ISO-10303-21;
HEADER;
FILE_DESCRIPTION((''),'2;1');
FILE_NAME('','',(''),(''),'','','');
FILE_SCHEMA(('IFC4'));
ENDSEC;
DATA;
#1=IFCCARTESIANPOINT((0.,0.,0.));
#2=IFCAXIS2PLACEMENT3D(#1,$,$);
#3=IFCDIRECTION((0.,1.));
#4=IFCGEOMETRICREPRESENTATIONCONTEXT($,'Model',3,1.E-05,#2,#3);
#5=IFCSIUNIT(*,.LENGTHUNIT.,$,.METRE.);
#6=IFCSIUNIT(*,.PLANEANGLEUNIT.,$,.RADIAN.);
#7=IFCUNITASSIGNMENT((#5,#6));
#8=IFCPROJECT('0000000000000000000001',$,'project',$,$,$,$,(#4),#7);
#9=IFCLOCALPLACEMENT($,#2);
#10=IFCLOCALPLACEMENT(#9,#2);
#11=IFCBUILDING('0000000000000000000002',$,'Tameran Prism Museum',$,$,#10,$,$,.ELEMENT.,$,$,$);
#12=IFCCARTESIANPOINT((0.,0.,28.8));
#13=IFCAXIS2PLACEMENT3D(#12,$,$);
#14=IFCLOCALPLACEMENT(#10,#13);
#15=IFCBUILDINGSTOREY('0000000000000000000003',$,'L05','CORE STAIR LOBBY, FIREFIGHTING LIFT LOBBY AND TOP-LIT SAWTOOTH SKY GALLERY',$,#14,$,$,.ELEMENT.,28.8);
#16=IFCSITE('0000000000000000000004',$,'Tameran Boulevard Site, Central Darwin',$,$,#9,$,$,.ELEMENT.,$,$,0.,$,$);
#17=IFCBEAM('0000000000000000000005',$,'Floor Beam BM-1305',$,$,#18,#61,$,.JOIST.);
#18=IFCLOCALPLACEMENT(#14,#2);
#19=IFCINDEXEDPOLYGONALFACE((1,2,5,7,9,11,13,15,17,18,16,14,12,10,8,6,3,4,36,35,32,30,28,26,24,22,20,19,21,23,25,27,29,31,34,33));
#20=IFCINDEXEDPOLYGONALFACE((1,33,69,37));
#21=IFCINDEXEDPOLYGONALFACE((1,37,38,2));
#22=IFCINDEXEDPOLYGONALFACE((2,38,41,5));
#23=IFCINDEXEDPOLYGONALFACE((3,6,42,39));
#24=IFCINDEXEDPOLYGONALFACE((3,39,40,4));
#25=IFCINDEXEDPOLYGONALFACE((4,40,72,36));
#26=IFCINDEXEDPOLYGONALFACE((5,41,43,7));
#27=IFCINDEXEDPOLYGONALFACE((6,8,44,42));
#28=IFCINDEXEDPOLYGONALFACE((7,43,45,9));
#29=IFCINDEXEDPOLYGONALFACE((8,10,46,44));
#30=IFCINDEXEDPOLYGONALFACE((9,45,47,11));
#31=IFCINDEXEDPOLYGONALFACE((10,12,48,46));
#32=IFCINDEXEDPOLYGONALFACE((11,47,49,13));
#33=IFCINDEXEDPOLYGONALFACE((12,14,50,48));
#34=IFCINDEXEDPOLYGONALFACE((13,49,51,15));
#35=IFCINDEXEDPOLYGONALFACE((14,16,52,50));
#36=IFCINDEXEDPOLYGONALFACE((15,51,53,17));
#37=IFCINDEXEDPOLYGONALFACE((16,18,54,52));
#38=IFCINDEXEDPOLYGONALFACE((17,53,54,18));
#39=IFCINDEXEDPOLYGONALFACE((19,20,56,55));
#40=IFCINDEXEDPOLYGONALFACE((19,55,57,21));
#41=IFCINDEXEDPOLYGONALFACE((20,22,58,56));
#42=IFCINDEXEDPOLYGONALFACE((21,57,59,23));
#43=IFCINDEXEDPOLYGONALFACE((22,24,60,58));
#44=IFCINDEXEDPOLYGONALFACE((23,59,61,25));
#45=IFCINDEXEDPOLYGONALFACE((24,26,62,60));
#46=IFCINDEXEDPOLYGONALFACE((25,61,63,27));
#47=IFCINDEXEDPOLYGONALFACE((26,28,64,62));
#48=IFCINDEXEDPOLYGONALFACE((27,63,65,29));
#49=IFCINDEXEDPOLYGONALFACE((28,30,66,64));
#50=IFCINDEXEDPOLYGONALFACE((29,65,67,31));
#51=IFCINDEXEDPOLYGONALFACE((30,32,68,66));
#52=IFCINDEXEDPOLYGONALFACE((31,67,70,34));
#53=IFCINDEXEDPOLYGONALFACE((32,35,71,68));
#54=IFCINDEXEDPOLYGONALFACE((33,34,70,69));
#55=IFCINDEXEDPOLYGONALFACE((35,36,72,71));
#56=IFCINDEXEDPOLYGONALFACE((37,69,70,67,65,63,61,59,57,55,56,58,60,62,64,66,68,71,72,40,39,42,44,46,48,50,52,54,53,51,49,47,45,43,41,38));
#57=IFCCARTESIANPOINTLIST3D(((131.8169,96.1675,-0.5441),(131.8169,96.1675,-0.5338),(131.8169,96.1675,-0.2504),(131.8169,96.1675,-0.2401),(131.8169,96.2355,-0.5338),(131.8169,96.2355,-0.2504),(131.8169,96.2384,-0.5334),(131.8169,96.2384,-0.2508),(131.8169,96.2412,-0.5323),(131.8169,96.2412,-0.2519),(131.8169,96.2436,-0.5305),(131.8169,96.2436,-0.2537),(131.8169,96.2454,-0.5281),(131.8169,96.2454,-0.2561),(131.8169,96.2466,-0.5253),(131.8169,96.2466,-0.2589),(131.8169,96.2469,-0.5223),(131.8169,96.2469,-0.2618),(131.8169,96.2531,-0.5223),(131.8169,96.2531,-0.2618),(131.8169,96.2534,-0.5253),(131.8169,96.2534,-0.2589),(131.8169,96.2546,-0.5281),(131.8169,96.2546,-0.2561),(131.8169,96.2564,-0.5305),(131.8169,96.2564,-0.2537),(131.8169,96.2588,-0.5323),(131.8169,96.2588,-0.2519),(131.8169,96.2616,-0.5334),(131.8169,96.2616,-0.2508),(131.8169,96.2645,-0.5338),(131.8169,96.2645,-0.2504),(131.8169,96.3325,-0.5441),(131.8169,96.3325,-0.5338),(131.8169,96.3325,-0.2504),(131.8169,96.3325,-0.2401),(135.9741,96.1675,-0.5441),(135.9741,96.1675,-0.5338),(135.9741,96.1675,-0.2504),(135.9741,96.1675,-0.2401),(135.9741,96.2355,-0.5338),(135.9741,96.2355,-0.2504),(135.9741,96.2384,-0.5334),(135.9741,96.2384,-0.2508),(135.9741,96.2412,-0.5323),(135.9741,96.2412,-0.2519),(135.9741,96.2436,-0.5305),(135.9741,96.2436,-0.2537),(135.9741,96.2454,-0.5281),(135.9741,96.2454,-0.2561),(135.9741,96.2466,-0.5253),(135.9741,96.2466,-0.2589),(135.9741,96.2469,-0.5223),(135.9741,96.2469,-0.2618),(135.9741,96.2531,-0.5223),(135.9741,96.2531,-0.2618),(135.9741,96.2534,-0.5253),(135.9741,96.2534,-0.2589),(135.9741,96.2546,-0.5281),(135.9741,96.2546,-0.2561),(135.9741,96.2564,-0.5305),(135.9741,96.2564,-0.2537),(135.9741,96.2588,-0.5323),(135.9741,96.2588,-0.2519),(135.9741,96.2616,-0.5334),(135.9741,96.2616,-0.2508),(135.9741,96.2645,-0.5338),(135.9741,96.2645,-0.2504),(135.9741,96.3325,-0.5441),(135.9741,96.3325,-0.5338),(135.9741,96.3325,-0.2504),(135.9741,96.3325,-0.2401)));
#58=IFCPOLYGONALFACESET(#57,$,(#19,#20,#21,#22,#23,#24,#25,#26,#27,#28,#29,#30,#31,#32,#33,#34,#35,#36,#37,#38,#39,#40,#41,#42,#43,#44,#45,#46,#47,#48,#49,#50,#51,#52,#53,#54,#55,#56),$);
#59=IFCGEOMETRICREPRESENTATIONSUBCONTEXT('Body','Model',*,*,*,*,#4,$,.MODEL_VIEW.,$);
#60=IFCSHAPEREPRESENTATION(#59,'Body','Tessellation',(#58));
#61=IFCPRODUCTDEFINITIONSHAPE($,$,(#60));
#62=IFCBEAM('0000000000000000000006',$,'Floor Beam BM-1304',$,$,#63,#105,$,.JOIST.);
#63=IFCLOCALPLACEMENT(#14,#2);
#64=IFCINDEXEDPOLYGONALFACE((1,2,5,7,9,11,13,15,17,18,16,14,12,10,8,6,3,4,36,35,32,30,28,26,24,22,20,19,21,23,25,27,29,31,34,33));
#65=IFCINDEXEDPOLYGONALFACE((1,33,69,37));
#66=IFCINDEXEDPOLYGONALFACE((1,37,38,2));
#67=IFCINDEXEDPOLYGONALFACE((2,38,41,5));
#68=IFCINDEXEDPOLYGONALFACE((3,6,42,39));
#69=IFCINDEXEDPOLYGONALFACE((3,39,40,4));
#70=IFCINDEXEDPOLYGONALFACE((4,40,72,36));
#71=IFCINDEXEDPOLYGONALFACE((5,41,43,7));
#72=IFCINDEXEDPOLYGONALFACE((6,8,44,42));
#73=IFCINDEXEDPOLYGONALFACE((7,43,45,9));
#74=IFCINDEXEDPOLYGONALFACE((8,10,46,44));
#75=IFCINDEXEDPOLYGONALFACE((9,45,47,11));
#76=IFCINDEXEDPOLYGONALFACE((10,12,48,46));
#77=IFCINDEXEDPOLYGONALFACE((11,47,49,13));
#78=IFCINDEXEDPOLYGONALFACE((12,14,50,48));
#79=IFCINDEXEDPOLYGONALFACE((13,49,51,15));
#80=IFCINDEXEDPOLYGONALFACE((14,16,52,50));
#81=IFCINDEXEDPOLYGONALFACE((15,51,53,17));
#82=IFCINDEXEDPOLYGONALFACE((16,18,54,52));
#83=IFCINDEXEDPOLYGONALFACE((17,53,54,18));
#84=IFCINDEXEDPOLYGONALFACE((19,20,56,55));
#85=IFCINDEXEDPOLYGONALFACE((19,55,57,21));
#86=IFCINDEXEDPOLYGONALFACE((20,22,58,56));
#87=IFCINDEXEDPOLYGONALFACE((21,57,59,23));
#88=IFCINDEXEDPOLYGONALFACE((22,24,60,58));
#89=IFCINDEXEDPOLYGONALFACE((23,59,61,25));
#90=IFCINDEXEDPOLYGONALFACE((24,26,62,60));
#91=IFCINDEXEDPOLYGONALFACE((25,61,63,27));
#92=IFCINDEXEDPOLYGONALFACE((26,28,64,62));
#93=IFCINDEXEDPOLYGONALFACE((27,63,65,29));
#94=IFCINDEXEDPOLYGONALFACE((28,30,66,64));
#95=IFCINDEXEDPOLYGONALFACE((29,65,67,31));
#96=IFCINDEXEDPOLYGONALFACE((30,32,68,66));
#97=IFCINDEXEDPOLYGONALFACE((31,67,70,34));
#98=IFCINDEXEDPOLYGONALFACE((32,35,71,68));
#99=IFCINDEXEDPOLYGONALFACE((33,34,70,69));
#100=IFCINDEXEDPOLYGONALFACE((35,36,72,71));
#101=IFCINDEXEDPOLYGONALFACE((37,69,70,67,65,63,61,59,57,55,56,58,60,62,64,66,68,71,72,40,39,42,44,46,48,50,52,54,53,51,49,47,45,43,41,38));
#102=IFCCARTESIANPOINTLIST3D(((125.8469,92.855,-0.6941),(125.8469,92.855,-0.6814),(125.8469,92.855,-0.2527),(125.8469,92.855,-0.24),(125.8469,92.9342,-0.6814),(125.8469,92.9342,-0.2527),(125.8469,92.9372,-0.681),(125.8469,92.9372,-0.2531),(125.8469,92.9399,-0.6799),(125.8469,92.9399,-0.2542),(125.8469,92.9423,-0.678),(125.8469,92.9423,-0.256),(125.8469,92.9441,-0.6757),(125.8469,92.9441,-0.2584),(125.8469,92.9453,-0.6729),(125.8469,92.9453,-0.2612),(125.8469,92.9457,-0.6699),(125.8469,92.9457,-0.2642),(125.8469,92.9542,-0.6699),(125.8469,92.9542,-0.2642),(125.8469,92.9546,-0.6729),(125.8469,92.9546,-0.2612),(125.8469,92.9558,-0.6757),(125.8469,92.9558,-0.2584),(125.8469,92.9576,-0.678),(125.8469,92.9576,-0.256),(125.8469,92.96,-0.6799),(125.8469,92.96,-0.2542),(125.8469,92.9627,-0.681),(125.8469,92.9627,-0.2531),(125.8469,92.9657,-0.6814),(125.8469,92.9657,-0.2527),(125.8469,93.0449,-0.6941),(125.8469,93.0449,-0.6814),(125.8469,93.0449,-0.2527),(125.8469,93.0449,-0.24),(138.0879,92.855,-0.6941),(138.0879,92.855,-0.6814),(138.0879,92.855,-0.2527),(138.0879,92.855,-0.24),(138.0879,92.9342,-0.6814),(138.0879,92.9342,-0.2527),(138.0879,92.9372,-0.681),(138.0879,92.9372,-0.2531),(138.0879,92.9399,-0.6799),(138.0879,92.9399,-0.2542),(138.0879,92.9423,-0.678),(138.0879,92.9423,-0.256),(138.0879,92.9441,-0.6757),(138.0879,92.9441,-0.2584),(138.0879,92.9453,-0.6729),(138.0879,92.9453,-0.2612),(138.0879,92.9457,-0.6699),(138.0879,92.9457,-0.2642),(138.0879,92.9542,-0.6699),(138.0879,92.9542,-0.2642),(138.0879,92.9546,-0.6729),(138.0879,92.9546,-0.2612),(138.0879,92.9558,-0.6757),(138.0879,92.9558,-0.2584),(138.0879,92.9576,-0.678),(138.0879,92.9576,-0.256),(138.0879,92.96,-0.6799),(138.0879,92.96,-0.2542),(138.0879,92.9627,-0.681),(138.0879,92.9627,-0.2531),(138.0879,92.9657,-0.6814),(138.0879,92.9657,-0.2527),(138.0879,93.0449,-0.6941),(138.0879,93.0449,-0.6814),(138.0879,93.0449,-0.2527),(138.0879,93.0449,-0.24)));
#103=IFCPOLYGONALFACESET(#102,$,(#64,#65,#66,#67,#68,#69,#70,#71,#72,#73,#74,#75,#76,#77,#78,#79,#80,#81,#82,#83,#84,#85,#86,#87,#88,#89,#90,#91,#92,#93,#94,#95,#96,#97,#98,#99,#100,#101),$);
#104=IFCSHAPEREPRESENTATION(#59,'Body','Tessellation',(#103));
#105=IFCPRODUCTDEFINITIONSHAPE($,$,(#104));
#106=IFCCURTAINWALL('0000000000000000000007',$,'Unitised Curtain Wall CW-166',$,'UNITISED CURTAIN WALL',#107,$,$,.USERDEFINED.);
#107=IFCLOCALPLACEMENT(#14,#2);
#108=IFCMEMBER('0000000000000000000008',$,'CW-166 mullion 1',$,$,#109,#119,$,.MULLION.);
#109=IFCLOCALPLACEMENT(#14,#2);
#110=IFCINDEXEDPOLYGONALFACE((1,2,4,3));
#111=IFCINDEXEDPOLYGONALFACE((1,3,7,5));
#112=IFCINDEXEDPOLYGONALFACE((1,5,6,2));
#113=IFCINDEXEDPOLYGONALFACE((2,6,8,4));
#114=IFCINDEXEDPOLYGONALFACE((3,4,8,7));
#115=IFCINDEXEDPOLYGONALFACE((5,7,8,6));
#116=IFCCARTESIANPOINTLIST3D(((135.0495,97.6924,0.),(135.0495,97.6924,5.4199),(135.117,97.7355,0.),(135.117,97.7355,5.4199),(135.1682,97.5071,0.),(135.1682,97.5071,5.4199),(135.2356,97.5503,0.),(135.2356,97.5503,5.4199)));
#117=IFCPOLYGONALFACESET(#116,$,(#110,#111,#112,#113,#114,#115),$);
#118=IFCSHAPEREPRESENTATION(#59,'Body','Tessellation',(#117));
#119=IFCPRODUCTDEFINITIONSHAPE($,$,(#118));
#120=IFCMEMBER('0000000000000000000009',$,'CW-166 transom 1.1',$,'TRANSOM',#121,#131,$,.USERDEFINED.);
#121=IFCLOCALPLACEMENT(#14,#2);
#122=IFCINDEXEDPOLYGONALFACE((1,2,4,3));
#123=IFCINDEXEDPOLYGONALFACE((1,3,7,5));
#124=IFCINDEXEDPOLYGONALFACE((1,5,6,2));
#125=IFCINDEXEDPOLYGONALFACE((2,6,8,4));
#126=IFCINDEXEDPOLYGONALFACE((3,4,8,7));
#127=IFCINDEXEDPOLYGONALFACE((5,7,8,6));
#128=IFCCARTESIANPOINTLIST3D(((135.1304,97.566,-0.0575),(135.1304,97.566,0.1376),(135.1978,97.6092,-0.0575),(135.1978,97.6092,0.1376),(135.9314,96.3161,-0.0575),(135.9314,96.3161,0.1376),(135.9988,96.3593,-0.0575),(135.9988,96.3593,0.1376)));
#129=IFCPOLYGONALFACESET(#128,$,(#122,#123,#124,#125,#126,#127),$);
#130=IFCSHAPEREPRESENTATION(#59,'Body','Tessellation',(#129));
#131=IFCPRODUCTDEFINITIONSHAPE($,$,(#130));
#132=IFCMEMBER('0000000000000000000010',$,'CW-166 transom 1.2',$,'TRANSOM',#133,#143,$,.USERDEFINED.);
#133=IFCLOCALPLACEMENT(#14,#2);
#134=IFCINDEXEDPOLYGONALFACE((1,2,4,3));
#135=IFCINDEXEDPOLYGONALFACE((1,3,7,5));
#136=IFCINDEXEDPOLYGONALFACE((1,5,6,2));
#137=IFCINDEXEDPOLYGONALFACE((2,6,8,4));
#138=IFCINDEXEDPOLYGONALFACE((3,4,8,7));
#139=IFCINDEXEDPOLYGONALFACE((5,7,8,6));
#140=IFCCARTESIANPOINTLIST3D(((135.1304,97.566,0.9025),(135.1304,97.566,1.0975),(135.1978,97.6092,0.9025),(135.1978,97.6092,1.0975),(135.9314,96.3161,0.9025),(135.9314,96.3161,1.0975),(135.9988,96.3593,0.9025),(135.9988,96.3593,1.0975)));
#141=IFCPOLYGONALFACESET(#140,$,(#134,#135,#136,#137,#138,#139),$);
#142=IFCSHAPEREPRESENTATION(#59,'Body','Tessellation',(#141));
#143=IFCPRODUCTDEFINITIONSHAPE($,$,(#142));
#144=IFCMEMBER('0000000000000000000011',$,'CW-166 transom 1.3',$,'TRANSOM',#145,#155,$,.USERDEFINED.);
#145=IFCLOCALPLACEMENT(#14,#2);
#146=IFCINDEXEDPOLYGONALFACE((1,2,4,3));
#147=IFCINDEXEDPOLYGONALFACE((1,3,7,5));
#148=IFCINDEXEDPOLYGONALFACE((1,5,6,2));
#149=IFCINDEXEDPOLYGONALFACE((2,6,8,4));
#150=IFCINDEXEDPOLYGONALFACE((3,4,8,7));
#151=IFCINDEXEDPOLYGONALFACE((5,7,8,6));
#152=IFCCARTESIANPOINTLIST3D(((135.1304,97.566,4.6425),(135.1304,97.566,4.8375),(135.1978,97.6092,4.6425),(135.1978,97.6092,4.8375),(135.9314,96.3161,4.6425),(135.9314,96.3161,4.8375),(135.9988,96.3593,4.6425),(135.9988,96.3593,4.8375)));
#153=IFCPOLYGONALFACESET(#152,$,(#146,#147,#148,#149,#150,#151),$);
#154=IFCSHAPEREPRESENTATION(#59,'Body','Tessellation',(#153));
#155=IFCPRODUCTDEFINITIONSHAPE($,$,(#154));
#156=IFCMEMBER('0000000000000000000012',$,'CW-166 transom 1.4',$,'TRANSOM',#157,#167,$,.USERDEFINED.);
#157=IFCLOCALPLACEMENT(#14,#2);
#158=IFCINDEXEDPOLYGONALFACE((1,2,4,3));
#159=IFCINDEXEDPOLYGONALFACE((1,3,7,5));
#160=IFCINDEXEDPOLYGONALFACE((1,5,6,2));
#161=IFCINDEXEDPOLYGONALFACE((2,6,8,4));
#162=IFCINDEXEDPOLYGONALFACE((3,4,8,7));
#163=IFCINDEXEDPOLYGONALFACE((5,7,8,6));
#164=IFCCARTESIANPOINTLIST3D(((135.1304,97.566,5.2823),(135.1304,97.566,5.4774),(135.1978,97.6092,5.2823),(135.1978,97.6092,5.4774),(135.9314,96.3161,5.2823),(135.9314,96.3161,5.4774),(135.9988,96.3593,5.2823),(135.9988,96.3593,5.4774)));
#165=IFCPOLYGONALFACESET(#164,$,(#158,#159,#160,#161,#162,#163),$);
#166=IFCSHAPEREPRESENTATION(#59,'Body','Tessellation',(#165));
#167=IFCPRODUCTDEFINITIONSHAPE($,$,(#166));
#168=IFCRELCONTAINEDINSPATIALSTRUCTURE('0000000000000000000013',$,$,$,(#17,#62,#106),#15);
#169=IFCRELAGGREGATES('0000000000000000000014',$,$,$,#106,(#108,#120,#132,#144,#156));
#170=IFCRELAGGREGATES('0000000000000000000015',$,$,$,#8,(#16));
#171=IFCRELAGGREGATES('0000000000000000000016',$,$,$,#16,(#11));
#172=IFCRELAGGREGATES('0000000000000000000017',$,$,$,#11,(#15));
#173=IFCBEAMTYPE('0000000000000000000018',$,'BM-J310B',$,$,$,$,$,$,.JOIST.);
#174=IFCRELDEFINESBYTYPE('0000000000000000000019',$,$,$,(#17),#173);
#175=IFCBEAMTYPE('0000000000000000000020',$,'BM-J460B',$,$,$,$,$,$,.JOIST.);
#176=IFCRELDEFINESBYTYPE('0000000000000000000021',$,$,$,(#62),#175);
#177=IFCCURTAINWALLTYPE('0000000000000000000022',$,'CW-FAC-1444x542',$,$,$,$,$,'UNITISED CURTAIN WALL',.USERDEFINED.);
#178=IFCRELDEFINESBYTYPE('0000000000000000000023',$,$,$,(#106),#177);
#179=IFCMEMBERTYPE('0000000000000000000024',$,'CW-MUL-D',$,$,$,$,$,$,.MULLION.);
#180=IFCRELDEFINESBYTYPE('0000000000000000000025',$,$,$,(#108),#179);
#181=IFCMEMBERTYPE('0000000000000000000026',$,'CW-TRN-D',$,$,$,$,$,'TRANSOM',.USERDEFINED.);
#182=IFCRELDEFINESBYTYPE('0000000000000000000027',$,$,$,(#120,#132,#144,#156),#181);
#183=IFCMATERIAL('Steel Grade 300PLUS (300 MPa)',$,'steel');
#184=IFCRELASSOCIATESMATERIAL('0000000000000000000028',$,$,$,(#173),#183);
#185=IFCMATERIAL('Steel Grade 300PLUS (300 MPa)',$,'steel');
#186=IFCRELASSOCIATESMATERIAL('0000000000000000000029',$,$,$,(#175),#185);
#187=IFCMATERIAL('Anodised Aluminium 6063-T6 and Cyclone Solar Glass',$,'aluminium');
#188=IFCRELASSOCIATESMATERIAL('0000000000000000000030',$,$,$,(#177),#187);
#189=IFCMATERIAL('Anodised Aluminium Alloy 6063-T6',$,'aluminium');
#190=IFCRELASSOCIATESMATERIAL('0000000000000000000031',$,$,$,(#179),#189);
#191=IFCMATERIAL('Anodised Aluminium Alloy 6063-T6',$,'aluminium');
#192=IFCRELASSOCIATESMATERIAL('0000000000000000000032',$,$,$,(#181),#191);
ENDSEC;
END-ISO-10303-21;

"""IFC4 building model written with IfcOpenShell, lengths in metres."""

from ifc_helpers import new_model, si_unit, direction, frame, origin, origin_2d, place, context, subcontext, project, spatial, rectangle, i_section, extrude, material, material_profile, profile_set, type_object, element, aggregate, save


model = new_model("IFC4")

# Units and contexts
model_context = context("Model", 3, precision=1e-05, world=origin(), true_north=direction((0.0, 1.0)))
body_context = subcontext(model_context, "Body", "Model", "MODEL_VIEW")
ifc_project = project(units=[si_unit("LENGTHUNIT", "METRE"), si_unit("PLANEANGLEUNIT", "RADIAN")], contexts=[model_context])

# Site, building, storey
site_placement = place(None, origin())
site = spatial("IfcSite", under=ifc_project, at=site_placement, Name="Tameran Boulevard Site, Central Darwin", CompositionType="ELEMENT", RefElevation=0.0)
building_placement = place(site_placement, origin())
building = spatial("IfcBuilding", under=site, at=building_placement, Name="Tameran Prism Museum", CompositionType="ELEMENT")
storey_placement = place(building_placement, frame((0.0, 0.0, 28.8)))
storey = spatial("IfcBuildingStorey", under=building, at=storey_placement, Name="L05", Description="CORE STAIR LOBBY, FIREFIGHTING LIFT LOBBY AND TOP-LIT SAWTOOTH SKY GALLERY", CompositionType="ELEMENT", Elevation=28.8)

# Beams
ifc_material_1 = material(Name="Steel Grade 300PLUS (300 MPa)", Category="steel")
ifc_material_profile_1 = material_profile(ifc_material_1, i_section(OverallWidth=0.165, OverallDepth=0.304, WebThickness=0.0061, FlangeThickness=0.0103, FilletRadius=0.0115, at=origin_2d()))
ifc_profile_set_1 = profile_set([ifc_material_profile_1])
beam_type_1 = type_object("IfcBeamType", Name="BM-J310B", PredefinedType="JOIST", material=ifc_profile_set_1)
beam_1_placement = place(storey_placement, frame((131.8169, 96.25, -0.3921), z_axis=(1.0, 0.0, 0.0), x_axis=(0.0, 1.0, 0.0)))
element("IfcBeam", 1, at=beam_1_placement, inside=storey, type_object=beam_type_1, Name="Floor Beam BM-1305", PredefinedType="JOIST", context=body_context, shape_type="SweptSolid", body=[
    extrude(i_section(OverallWidth=0.165, OverallDepth=0.304, WebThickness=0.0061, FlangeThickness=0.0103, FilletRadius=0.0115, at=origin_2d()), origin(), (0.0, 0.0, 1.0), 4.1572),
])
ifc_material_2 = material(Name="Steel Grade 300PLUS (300 MPa)", Category="steel")
ifc_material_profile_2 = material_profile(ifc_material_2, i_section(OverallWidth=0.1899, OverallDepth=0.4541, WebThickness=0.0085, FlangeThickness=0.0127, FilletRadius=0.0115, at=origin_2d()))
ifc_profile_set_2 = profile_set([ifc_material_profile_2])
beam_type_2 = type_object("IfcBeamType", Name="BM-J460B", PredefinedType="JOIST", material=ifc_profile_set_2)
beam_2_placement = place(storey_placement, frame((125.8469, 92.95, -0.467), z_axis=(1.0, 0.0, 0.0), x_axis=(0.0, 1.0, 0.0)))
element("IfcBeam", 2, at=beam_2_placement, inside=storey, type_object=beam_type_2, Name="Floor Beam BM-1304", PredefinedType="JOIST", context=body_context, shape_type="SweptSolid", body=[
    extrude(i_section(OverallWidth=0.1899, OverallDepth=0.4541, WebThickness=0.0085, FlangeThickness=0.0127, FilletRadius=0.0115, at=origin_2d()), origin(), (0.0, 0.0, 1.0), 12.241),
])

# Curtain wall, members
ifc_material_3 = material(Name="Anodised Aluminium 6063-T6 and Cyclone Solar Glass", Category="aluminium")
curtain_wall_type = type_object("IfcCurtainWallType", Name="CW-FAC-1444x542", ElementType="UNITISED CURTAIN WALL", PredefinedType="USERDEFINED", material=ifc_material_3)
curtain_wall_placement = place(storey_placement, origin())
curtain_wall = element("IfcCurtainWall", 3, at=curtain_wall_placement, inside=storey, type_object=curtain_wall_type, Name="Unitised Curtain Wall CW-166", ObjectType="UNITISED CURTAIN WALL", PredefinedType="USERDEFINED")
ifc_material_4 = material(Name="Anodised Aluminium Alloy 6063-T6", Category="aluminium")
ifc_material_profile_3 = material_profile(ifc_material_4, rectangle(XDim=0.0801, YDim=0.22, at=origin_2d()))
ifc_profile_set_3 = profile_set([ifc_material_profile_3])
member_type_1 = type_object("IfcMemberType", Name="CW-MUL-D", PredefinedType="MULLION", material=ifc_profile_set_3)
member_1_placement = place(storey_placement, frame((135.1426, 97.6213, 0.0), z_axis=(0.0, 0.0, 1.0), x_axis=(0.842032, 0.539427, 0.0)))
member_1 = element("IfcMember", 4, at=member_1_placement, type_object=member_type_1, Name="CW-166 mullion 1", PredefinedType="MULLION", context=body_context, shape_type="SweptSolid", body=[
    extrude(rectangle(XDim=0.0801, YDim=0.22, at=origin_2d()), origin(), (0.0, 0.0, 1.0), 5.4199),
])
ifc_material_5 = material(Name="Anodised Aluminium Alloy 6063-T6", Category="aluminium")
ifc_material_profile_4 = material_profile(ifc_material_5, rectangle(XDim=0.0801, YDim=0.1951, at=origin_2d()))
ifc_profile_set_4 = profile_set([ifc_material_profile_4])
member_type_2 = type_object("IfcMemberType", Name="CW-TRN-D", ElementType="TRANSOM", PredefinedType="USERDEFINED", material=ifc_profile_set_4)
member_2_placement = place(storey_placement, frame((135.1641, 97.5876, 0.04), z_axis=(0.539544, -0.841958, 0.0), x_axis=(0.841958, 0.539544, 0.0)))
member_2 = element("IfcMember", 5, at=member_2_placement, type_object=member_type_2, Name="CW-166 transom 1.1", ObjectType="TRANSOM", PredefinedType="USERDEFINED", context=body_context, shape_type="SweptSolid", body=[
    extrude(rectangle(XDim=0.0801, YDim=0.1951, at=origin_2d()), origin(), (0.0, 0.0, 1.0), 1.4846),
])
member_3_placement = place(storey_placement, frame((135.1641, 97.5876, 1.0), z_axis=(0.539544, -0.841958, 0.0), x_axis=(0.841958, 0.539544, 0.0)))
member_3 = element("IfcMember", 6, at=member_3_placement, type_object=member_type_2, Name="CW-166 transom 1.2", ObjectType="TRANSOM", PredefinedType="USERDEFINED", context=body_context, shape_type="SweptSolid", body=[
    extrude(rectangle(XDim=0.0801, YDim=0.1951, at=origin_2d()), origin(), (0.0, 0.0, 1.0), 1.4846),
])
member_4_placement = place(storey_placement, frame((135.1641, 97.5876, 4.74), z_axis=(0.539544, -0.841958, 0.0), x_axis=(0.841958, 0.539544, 0.0)))
member_4 = element("IfcMember", 7, at=member_4_placement, type_object=member_type_2, Name="CW-166 transom 1.3", ObjectType="TRANSOM", PredefinedType="USERDEFINED", context=body_context, shape_type="SweptSolid", body=[
    extrude(rectangle(XDim=0.0801, YDim=0.1951, at=origin_2d()), origin(), (0.0, 0.0, 1.0), 1.4846),
])
member_5_placement = place(storey_placement, frame((135.1641, 97.5876, 5.3799), z_axis=(0.539544, -0.841958, 0.0), x_axis=(0.841958, 0.539544, 0.0)))
member_5 = element("IfcMember", 8, at=member_5_placement, type_object=member_type_2, Name="CW-166 transom 1.4", ObjectType="TRANSOM", PredefinedType="USERDEFINED", context=body_context, shape_type="SweptSolid", body=[
    extrude(rectangle(XDim=0.0801, YDim=0.1951, at=origin_2d()), origin(), (0.0, 0.0, 1.0), 1.4846),
])

aggregate(curtain_wall, [member_1, member_2, member_3, member_4, member_5])

save(model, "model.ifc")
